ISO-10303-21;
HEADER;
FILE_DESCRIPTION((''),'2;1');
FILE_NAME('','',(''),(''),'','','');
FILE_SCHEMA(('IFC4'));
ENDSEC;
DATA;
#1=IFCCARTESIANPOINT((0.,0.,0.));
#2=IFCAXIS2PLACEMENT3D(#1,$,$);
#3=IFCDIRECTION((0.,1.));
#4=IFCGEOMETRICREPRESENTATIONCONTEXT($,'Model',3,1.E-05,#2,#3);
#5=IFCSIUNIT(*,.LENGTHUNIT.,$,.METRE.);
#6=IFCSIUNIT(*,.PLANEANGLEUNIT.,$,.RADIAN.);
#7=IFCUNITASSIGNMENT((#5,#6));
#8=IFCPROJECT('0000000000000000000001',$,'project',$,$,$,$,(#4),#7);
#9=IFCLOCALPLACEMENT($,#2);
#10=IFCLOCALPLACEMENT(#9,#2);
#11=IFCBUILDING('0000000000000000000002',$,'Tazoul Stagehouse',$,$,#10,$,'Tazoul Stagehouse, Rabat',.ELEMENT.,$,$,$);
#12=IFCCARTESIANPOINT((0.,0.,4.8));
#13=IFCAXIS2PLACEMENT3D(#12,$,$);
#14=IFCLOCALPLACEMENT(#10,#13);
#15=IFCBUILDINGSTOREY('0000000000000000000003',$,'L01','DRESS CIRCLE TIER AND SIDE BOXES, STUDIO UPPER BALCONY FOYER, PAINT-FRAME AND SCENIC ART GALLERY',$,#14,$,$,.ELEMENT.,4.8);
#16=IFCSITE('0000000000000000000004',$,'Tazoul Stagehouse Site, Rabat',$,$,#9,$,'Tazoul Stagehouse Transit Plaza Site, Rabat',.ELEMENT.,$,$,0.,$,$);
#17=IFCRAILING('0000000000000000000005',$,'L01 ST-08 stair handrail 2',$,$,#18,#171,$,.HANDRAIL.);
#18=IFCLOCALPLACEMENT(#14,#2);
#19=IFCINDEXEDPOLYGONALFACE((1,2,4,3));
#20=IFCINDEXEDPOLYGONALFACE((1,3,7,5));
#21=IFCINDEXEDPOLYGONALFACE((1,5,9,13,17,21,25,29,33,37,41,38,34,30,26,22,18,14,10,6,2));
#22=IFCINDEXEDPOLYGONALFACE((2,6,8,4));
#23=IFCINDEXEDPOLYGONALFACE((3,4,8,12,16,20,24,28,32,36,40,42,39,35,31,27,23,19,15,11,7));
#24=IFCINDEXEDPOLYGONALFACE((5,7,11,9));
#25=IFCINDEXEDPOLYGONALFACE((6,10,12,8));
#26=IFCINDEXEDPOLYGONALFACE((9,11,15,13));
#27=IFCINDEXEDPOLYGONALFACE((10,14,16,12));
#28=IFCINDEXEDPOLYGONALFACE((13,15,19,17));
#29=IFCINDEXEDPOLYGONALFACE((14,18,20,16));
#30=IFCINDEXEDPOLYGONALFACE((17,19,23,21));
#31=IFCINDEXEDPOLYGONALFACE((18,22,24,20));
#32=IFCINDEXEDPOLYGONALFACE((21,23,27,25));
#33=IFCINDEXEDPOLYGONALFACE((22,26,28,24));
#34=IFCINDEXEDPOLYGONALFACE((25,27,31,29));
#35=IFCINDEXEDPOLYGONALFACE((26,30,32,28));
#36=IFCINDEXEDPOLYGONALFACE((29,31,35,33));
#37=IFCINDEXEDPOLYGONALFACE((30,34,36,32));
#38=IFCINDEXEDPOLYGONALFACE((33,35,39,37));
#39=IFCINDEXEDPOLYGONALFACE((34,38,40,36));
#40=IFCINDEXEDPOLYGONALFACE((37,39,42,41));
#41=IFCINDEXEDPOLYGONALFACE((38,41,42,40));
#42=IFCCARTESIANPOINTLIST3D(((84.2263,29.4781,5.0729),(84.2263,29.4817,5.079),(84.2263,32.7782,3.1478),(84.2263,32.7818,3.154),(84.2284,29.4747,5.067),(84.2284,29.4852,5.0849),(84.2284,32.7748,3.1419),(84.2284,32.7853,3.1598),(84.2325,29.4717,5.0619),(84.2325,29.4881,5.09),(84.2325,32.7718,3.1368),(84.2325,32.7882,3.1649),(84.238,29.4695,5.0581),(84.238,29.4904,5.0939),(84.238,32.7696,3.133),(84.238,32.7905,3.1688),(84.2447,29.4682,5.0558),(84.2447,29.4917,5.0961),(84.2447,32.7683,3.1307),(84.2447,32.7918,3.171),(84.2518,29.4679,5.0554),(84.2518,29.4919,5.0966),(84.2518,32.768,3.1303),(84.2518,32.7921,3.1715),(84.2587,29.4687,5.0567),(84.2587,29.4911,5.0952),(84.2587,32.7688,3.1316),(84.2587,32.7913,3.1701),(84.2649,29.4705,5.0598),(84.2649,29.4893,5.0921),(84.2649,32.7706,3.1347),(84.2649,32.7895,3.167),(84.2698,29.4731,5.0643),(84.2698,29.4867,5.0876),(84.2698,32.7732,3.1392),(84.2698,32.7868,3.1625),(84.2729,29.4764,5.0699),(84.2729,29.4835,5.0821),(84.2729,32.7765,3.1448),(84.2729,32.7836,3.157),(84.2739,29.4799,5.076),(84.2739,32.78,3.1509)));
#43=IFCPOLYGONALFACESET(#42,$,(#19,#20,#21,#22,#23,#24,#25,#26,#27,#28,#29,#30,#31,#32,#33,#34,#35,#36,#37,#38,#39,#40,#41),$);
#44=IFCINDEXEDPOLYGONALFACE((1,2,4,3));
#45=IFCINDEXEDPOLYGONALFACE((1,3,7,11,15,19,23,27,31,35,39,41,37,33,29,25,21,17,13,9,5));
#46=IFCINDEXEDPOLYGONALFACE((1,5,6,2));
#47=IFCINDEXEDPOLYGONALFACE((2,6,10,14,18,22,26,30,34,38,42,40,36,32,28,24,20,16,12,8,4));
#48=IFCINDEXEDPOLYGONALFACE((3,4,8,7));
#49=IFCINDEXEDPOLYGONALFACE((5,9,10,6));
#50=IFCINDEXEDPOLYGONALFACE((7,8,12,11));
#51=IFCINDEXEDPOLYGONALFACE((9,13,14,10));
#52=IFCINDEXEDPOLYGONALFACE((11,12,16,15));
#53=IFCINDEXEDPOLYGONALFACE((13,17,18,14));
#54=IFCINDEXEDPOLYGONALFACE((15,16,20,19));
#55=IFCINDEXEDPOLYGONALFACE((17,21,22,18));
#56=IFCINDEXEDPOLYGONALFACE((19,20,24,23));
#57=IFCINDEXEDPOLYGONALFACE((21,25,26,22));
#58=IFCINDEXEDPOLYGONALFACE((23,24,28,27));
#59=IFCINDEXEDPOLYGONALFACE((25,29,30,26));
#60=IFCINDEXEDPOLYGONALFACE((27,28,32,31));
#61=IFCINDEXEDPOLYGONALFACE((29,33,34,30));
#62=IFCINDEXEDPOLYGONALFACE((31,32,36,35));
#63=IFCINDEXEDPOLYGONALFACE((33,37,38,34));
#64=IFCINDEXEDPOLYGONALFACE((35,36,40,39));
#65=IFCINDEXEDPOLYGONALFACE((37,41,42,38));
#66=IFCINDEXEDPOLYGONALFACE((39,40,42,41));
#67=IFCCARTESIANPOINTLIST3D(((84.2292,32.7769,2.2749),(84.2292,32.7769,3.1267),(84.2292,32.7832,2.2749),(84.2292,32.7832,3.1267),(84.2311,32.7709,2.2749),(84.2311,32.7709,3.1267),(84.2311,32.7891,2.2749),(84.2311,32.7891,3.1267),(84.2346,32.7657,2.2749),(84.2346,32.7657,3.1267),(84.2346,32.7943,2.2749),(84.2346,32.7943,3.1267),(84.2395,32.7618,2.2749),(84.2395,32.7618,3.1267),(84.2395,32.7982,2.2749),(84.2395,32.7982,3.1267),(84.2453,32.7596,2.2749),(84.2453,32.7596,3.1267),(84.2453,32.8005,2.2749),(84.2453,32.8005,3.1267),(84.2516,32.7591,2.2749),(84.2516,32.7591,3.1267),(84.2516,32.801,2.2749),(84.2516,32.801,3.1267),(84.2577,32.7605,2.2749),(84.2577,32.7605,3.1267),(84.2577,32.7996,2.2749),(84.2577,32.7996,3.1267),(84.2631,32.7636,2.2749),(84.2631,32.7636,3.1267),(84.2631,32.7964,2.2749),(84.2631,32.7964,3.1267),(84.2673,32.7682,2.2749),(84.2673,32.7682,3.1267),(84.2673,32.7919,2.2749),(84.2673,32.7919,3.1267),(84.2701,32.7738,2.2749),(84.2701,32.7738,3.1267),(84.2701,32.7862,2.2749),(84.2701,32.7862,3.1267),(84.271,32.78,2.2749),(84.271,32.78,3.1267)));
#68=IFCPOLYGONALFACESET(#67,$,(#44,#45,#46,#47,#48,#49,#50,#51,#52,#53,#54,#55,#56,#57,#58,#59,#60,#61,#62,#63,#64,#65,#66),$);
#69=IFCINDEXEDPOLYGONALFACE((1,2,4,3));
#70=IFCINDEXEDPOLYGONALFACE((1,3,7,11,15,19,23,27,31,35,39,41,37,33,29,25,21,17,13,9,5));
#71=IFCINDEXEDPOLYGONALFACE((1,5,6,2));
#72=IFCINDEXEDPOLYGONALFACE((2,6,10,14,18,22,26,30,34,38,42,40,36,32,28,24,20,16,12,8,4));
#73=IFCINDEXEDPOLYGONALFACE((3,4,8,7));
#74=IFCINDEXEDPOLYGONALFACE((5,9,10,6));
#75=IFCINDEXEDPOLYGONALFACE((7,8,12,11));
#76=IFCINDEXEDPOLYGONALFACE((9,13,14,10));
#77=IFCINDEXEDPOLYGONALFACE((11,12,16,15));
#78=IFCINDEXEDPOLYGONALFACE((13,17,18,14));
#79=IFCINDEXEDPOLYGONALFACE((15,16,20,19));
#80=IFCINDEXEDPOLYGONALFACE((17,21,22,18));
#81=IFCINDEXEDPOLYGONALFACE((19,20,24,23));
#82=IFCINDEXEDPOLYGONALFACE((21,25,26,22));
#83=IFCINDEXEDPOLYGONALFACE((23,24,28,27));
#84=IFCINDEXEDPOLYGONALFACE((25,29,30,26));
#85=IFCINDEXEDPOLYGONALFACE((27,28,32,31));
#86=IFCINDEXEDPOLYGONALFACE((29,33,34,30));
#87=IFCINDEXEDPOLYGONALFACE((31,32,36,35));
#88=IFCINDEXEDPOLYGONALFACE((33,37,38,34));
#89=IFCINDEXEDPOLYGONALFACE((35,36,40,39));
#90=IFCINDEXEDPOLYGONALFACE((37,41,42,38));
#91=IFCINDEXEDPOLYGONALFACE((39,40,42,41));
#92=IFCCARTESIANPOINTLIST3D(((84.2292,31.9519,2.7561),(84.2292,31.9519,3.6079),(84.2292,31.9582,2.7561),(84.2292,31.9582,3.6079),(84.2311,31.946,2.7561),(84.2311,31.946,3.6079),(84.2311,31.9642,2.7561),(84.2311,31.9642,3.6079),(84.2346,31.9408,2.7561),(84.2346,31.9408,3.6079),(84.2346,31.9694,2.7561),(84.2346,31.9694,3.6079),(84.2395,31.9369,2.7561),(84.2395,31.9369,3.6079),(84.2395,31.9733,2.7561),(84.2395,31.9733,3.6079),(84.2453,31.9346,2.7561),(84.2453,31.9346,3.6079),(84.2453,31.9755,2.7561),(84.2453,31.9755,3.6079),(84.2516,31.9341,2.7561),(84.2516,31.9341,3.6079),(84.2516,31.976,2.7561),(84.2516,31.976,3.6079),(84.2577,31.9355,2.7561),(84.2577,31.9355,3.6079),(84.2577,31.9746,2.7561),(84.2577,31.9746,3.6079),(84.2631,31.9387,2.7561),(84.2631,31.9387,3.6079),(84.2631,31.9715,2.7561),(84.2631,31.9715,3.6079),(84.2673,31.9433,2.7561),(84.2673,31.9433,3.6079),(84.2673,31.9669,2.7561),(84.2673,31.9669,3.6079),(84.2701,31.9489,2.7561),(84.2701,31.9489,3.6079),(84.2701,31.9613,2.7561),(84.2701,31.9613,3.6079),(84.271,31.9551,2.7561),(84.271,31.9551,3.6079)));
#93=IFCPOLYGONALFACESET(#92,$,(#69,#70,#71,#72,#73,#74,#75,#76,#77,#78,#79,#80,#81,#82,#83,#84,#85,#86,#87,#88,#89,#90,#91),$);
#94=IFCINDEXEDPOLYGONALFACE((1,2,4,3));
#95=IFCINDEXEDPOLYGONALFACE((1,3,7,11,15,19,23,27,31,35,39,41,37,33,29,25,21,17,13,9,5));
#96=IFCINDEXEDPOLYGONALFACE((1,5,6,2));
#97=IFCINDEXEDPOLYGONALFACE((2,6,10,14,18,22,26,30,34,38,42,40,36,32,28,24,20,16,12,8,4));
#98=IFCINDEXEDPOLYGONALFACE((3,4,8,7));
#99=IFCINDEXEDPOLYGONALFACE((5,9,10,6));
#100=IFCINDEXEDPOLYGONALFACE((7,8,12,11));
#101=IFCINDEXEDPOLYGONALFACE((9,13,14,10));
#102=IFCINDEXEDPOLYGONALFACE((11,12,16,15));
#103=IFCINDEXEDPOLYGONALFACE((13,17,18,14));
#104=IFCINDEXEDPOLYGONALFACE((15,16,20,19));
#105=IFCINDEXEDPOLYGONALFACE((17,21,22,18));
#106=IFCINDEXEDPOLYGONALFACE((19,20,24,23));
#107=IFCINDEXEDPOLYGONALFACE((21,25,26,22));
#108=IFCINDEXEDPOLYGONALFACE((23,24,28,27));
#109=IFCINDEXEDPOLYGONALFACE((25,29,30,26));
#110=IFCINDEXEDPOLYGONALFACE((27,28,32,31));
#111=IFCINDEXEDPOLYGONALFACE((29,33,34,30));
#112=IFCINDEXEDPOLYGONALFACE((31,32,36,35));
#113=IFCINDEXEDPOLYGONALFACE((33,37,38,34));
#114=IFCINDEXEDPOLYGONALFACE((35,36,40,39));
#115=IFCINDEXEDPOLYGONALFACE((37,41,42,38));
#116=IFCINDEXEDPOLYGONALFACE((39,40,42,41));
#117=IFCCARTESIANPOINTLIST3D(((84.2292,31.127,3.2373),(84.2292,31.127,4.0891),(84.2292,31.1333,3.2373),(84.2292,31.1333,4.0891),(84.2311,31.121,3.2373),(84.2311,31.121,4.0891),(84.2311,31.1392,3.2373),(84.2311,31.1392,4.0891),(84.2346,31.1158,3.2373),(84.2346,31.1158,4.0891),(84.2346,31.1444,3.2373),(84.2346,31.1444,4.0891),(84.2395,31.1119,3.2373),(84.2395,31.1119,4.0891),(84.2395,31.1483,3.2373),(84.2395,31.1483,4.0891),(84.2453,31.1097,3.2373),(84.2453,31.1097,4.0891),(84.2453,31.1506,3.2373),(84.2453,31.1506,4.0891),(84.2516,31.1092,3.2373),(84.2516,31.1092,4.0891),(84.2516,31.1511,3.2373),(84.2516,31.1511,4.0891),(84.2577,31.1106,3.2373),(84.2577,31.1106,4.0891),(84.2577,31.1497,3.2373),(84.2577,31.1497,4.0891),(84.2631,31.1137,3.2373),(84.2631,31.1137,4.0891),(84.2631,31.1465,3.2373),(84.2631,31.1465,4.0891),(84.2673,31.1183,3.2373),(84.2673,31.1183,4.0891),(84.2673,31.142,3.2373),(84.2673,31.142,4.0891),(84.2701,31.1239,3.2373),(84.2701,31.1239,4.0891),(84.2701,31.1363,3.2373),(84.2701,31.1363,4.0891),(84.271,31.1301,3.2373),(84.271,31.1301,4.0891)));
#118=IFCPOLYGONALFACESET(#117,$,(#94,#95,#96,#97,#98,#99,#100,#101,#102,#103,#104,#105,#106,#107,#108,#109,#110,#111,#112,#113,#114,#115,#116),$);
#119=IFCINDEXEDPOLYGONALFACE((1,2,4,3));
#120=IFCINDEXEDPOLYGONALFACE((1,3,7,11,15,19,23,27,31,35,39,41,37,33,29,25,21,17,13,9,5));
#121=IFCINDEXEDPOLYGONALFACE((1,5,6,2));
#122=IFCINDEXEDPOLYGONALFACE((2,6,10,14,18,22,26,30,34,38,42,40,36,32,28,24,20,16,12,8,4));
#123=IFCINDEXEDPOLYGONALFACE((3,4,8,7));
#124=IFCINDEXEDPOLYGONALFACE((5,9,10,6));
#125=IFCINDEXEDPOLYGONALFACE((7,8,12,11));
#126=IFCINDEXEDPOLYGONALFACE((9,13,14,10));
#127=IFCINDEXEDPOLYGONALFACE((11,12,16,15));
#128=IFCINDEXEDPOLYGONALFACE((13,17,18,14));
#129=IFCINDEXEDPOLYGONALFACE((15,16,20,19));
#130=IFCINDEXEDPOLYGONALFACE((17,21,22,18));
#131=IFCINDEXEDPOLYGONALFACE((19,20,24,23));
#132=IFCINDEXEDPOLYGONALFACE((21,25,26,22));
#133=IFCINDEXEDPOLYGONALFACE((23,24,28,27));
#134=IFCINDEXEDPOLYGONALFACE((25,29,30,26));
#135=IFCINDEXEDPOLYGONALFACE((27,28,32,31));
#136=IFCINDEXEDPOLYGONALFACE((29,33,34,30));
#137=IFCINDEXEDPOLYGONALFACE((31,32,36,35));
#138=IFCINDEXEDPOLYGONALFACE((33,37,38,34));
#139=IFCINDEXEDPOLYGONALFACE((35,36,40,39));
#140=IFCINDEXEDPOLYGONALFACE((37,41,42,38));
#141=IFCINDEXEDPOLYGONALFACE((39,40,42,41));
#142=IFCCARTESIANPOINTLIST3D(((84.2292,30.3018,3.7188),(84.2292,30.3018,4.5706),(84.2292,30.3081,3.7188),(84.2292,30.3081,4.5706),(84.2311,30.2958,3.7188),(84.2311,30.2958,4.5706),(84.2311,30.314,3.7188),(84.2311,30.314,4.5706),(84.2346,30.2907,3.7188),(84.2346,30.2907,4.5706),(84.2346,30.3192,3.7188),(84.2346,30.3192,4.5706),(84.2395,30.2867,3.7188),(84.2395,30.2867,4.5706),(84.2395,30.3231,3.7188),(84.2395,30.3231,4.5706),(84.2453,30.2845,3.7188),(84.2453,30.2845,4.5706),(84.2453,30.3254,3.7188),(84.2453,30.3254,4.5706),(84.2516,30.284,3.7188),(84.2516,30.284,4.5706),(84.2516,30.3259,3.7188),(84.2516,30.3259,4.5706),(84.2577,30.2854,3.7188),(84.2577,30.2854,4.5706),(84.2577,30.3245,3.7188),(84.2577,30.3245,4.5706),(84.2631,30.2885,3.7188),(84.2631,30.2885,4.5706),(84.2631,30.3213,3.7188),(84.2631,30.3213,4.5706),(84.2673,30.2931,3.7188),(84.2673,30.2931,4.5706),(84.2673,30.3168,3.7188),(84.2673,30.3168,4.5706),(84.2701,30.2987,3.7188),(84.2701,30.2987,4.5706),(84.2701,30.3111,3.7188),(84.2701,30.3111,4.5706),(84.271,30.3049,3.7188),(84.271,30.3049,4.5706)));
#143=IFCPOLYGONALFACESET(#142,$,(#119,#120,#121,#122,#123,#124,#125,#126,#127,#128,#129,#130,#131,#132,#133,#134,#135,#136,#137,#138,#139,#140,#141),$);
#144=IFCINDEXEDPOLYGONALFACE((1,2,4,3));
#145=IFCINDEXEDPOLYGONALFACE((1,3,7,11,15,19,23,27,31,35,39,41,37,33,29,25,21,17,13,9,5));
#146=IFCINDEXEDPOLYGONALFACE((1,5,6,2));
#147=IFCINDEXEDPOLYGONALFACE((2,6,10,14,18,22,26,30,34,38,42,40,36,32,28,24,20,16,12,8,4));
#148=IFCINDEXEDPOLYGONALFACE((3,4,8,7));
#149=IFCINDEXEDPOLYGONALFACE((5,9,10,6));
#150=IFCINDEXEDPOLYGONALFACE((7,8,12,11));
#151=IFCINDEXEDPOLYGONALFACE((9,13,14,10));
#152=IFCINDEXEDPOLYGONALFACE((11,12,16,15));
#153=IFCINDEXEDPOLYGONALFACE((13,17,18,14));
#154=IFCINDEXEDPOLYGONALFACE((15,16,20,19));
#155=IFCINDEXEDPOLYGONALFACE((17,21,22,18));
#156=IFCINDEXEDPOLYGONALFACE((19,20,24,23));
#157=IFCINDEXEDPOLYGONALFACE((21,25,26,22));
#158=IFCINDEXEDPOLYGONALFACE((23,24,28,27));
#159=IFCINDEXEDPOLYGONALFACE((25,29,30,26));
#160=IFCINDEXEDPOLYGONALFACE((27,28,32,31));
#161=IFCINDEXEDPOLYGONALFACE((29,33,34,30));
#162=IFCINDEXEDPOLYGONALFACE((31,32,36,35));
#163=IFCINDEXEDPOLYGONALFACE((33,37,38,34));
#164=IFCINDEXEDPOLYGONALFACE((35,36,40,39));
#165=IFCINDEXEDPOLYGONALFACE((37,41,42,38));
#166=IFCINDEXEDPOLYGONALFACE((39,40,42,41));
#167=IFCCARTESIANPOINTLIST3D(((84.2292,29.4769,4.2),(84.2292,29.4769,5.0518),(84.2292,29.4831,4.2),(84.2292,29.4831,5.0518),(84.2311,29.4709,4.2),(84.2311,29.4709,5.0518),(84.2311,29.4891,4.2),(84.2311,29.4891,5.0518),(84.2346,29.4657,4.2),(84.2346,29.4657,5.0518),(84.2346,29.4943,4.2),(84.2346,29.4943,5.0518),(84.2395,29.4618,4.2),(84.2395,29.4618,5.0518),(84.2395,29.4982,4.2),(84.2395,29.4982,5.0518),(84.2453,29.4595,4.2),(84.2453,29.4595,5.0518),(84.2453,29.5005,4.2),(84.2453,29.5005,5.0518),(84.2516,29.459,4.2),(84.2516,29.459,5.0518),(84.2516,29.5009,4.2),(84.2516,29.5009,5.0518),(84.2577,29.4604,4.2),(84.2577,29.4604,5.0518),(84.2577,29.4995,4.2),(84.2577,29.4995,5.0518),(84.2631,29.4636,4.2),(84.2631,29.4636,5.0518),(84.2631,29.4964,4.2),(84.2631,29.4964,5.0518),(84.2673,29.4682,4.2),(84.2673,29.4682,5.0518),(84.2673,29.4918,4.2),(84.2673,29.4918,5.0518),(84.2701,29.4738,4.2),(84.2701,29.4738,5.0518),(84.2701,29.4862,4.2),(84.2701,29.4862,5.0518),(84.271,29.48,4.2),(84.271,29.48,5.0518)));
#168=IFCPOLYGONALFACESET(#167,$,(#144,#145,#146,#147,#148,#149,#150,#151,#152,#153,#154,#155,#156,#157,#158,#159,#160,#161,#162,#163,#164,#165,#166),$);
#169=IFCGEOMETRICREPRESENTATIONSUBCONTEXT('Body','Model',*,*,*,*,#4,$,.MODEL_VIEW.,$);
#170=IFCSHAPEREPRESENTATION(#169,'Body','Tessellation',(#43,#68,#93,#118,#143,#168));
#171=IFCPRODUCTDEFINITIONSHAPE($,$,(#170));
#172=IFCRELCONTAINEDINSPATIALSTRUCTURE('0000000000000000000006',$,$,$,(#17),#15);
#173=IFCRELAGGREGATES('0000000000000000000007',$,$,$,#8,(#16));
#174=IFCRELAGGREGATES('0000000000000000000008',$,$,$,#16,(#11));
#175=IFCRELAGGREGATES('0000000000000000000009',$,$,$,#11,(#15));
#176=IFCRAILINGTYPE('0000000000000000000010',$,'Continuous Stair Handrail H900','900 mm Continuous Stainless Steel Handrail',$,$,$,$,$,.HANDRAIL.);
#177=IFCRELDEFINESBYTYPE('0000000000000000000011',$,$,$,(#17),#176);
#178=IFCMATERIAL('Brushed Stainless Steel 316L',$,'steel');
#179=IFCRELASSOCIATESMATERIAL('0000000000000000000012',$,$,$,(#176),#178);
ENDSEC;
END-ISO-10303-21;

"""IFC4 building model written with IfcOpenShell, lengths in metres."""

from ifc_helpers import new_model, si_unit, direction, frame, origin, origin_2d, place, context, subcontext, project, spatial, circle, extrude, material, material_profile, profile_set, type_object, element, save


model = new_model("IFC4")

# Units and contexts
model_context = context("Model", 3, precision=1e-05, world=origin(), true_north=direction((0.0, 1.0)))
body_context = subcontext(model_context, "Body", "Model", "MODEL_VIEW")
ifc_project = project(units=[si_unit("LENGTHUNIT", "METRE"), si_unit("PLANEANGLEUNIT", "RADIAN")], contexts=[model_context])

# Site, building, storey
site_placement = place(None, origin())
site = spatial("IfcSite", under=ifc_project, at=site_placement, Name="Tazoul Stagehouse Site, Rabat", LongName="Tazoul Stagehouse Transit Plaza Site, Rabat", CompositionType="ELEMENT", RefElevation=0.0)
building_placement = place(site_placement, origin())
building = spatial("IfcBuilding", under=site, at=building_placement, Name="Tazoul Stagehouse", LongName="Tazoul Stagehouse, Rabat", CompositionType="ELEMENT")
storey_placement = place(building_placement, frame((0.0, 0.0, 4.8)))
storey = spatial("IfcBuildingStorey", under=building, at=storey_placement, Name="L01", Description="DRESS CIRCLE TIER AND SIDE BOXES, STUDIO UPPER BALCONY FOYER, PAINT-FRAME AND SCENIC ART GALLERY", CompositionType="ELEMENT", Elevation=4.8)

# Railing
ifc_material_1 = material(Name="Brushed Stainless Steel 316L", Category="steel")
ifc_material_profile_1 = material_profile(ifc_material_1, circle(Radius=0.021, at=origin_2d()), Name="SS HANDRAIL D42")
ifc_profile_set_1 = profile_set([ifc_material_profile_1], Name="Brushed Stainless Steel 316L")
railing_type_1 = type_object("IfcRailingType", Name="Continuous Stair Handrail H900", Description="900 mm Continuous Stainless Steel Handrail", PredefinedType="HANDRAIL", material=ifc_profile_set_1)
railing_1_placement = place(storey_placement, frame((84.25, 32.78, 2.2749)))
element("IfcRailing", 1, at=railing_1_placement, inside=storey, type_object=railing_type_1, Name="L01 ST-08 stair handrail 2", PredefinedType="HANDRAIL", context=body_context, shape_type="SweptSolid", body=[
    extrude(circle(Radius=0.0239, at=origin_2d()), frame((0.0, 0.0, 0.876), z_axis=(0.0, -0.863777, 0.503875), x_axis=(1.0, 0.0, 0.0)), (0.0, 0.0, 1.0), 3.8206),
    extrude(circle(Radius=0.021, at=origin_2d()), origin(), (0.0, 0.0, 1.0), 0.8518),
    extrude(circle(Radius=0.021, at=origin_2d()), frame((0.0, -0.825, 0.4812)), (0.0, 0.0, 1.0), 0.8518),
    extrude(circle(Radius=0.021, at=origin_2d()), frame((0.0, -1.6499, 0.9624)), (0.0, 0.0, 1.0), 0.8518),
    extrude(circle(Radius=0.021, at=origin_2d()), frame((0.0, -2.4751, 1.4438)), (0.0, 0.0, 1.0), 0.8518),
    extrude(circle(Radius=0.021, at=origin_2d()), frame((0.0, -3.3, 1.925)), (0.0, 0.0, 1.0), 0.8518),
])

save(model, "model.ifc")
